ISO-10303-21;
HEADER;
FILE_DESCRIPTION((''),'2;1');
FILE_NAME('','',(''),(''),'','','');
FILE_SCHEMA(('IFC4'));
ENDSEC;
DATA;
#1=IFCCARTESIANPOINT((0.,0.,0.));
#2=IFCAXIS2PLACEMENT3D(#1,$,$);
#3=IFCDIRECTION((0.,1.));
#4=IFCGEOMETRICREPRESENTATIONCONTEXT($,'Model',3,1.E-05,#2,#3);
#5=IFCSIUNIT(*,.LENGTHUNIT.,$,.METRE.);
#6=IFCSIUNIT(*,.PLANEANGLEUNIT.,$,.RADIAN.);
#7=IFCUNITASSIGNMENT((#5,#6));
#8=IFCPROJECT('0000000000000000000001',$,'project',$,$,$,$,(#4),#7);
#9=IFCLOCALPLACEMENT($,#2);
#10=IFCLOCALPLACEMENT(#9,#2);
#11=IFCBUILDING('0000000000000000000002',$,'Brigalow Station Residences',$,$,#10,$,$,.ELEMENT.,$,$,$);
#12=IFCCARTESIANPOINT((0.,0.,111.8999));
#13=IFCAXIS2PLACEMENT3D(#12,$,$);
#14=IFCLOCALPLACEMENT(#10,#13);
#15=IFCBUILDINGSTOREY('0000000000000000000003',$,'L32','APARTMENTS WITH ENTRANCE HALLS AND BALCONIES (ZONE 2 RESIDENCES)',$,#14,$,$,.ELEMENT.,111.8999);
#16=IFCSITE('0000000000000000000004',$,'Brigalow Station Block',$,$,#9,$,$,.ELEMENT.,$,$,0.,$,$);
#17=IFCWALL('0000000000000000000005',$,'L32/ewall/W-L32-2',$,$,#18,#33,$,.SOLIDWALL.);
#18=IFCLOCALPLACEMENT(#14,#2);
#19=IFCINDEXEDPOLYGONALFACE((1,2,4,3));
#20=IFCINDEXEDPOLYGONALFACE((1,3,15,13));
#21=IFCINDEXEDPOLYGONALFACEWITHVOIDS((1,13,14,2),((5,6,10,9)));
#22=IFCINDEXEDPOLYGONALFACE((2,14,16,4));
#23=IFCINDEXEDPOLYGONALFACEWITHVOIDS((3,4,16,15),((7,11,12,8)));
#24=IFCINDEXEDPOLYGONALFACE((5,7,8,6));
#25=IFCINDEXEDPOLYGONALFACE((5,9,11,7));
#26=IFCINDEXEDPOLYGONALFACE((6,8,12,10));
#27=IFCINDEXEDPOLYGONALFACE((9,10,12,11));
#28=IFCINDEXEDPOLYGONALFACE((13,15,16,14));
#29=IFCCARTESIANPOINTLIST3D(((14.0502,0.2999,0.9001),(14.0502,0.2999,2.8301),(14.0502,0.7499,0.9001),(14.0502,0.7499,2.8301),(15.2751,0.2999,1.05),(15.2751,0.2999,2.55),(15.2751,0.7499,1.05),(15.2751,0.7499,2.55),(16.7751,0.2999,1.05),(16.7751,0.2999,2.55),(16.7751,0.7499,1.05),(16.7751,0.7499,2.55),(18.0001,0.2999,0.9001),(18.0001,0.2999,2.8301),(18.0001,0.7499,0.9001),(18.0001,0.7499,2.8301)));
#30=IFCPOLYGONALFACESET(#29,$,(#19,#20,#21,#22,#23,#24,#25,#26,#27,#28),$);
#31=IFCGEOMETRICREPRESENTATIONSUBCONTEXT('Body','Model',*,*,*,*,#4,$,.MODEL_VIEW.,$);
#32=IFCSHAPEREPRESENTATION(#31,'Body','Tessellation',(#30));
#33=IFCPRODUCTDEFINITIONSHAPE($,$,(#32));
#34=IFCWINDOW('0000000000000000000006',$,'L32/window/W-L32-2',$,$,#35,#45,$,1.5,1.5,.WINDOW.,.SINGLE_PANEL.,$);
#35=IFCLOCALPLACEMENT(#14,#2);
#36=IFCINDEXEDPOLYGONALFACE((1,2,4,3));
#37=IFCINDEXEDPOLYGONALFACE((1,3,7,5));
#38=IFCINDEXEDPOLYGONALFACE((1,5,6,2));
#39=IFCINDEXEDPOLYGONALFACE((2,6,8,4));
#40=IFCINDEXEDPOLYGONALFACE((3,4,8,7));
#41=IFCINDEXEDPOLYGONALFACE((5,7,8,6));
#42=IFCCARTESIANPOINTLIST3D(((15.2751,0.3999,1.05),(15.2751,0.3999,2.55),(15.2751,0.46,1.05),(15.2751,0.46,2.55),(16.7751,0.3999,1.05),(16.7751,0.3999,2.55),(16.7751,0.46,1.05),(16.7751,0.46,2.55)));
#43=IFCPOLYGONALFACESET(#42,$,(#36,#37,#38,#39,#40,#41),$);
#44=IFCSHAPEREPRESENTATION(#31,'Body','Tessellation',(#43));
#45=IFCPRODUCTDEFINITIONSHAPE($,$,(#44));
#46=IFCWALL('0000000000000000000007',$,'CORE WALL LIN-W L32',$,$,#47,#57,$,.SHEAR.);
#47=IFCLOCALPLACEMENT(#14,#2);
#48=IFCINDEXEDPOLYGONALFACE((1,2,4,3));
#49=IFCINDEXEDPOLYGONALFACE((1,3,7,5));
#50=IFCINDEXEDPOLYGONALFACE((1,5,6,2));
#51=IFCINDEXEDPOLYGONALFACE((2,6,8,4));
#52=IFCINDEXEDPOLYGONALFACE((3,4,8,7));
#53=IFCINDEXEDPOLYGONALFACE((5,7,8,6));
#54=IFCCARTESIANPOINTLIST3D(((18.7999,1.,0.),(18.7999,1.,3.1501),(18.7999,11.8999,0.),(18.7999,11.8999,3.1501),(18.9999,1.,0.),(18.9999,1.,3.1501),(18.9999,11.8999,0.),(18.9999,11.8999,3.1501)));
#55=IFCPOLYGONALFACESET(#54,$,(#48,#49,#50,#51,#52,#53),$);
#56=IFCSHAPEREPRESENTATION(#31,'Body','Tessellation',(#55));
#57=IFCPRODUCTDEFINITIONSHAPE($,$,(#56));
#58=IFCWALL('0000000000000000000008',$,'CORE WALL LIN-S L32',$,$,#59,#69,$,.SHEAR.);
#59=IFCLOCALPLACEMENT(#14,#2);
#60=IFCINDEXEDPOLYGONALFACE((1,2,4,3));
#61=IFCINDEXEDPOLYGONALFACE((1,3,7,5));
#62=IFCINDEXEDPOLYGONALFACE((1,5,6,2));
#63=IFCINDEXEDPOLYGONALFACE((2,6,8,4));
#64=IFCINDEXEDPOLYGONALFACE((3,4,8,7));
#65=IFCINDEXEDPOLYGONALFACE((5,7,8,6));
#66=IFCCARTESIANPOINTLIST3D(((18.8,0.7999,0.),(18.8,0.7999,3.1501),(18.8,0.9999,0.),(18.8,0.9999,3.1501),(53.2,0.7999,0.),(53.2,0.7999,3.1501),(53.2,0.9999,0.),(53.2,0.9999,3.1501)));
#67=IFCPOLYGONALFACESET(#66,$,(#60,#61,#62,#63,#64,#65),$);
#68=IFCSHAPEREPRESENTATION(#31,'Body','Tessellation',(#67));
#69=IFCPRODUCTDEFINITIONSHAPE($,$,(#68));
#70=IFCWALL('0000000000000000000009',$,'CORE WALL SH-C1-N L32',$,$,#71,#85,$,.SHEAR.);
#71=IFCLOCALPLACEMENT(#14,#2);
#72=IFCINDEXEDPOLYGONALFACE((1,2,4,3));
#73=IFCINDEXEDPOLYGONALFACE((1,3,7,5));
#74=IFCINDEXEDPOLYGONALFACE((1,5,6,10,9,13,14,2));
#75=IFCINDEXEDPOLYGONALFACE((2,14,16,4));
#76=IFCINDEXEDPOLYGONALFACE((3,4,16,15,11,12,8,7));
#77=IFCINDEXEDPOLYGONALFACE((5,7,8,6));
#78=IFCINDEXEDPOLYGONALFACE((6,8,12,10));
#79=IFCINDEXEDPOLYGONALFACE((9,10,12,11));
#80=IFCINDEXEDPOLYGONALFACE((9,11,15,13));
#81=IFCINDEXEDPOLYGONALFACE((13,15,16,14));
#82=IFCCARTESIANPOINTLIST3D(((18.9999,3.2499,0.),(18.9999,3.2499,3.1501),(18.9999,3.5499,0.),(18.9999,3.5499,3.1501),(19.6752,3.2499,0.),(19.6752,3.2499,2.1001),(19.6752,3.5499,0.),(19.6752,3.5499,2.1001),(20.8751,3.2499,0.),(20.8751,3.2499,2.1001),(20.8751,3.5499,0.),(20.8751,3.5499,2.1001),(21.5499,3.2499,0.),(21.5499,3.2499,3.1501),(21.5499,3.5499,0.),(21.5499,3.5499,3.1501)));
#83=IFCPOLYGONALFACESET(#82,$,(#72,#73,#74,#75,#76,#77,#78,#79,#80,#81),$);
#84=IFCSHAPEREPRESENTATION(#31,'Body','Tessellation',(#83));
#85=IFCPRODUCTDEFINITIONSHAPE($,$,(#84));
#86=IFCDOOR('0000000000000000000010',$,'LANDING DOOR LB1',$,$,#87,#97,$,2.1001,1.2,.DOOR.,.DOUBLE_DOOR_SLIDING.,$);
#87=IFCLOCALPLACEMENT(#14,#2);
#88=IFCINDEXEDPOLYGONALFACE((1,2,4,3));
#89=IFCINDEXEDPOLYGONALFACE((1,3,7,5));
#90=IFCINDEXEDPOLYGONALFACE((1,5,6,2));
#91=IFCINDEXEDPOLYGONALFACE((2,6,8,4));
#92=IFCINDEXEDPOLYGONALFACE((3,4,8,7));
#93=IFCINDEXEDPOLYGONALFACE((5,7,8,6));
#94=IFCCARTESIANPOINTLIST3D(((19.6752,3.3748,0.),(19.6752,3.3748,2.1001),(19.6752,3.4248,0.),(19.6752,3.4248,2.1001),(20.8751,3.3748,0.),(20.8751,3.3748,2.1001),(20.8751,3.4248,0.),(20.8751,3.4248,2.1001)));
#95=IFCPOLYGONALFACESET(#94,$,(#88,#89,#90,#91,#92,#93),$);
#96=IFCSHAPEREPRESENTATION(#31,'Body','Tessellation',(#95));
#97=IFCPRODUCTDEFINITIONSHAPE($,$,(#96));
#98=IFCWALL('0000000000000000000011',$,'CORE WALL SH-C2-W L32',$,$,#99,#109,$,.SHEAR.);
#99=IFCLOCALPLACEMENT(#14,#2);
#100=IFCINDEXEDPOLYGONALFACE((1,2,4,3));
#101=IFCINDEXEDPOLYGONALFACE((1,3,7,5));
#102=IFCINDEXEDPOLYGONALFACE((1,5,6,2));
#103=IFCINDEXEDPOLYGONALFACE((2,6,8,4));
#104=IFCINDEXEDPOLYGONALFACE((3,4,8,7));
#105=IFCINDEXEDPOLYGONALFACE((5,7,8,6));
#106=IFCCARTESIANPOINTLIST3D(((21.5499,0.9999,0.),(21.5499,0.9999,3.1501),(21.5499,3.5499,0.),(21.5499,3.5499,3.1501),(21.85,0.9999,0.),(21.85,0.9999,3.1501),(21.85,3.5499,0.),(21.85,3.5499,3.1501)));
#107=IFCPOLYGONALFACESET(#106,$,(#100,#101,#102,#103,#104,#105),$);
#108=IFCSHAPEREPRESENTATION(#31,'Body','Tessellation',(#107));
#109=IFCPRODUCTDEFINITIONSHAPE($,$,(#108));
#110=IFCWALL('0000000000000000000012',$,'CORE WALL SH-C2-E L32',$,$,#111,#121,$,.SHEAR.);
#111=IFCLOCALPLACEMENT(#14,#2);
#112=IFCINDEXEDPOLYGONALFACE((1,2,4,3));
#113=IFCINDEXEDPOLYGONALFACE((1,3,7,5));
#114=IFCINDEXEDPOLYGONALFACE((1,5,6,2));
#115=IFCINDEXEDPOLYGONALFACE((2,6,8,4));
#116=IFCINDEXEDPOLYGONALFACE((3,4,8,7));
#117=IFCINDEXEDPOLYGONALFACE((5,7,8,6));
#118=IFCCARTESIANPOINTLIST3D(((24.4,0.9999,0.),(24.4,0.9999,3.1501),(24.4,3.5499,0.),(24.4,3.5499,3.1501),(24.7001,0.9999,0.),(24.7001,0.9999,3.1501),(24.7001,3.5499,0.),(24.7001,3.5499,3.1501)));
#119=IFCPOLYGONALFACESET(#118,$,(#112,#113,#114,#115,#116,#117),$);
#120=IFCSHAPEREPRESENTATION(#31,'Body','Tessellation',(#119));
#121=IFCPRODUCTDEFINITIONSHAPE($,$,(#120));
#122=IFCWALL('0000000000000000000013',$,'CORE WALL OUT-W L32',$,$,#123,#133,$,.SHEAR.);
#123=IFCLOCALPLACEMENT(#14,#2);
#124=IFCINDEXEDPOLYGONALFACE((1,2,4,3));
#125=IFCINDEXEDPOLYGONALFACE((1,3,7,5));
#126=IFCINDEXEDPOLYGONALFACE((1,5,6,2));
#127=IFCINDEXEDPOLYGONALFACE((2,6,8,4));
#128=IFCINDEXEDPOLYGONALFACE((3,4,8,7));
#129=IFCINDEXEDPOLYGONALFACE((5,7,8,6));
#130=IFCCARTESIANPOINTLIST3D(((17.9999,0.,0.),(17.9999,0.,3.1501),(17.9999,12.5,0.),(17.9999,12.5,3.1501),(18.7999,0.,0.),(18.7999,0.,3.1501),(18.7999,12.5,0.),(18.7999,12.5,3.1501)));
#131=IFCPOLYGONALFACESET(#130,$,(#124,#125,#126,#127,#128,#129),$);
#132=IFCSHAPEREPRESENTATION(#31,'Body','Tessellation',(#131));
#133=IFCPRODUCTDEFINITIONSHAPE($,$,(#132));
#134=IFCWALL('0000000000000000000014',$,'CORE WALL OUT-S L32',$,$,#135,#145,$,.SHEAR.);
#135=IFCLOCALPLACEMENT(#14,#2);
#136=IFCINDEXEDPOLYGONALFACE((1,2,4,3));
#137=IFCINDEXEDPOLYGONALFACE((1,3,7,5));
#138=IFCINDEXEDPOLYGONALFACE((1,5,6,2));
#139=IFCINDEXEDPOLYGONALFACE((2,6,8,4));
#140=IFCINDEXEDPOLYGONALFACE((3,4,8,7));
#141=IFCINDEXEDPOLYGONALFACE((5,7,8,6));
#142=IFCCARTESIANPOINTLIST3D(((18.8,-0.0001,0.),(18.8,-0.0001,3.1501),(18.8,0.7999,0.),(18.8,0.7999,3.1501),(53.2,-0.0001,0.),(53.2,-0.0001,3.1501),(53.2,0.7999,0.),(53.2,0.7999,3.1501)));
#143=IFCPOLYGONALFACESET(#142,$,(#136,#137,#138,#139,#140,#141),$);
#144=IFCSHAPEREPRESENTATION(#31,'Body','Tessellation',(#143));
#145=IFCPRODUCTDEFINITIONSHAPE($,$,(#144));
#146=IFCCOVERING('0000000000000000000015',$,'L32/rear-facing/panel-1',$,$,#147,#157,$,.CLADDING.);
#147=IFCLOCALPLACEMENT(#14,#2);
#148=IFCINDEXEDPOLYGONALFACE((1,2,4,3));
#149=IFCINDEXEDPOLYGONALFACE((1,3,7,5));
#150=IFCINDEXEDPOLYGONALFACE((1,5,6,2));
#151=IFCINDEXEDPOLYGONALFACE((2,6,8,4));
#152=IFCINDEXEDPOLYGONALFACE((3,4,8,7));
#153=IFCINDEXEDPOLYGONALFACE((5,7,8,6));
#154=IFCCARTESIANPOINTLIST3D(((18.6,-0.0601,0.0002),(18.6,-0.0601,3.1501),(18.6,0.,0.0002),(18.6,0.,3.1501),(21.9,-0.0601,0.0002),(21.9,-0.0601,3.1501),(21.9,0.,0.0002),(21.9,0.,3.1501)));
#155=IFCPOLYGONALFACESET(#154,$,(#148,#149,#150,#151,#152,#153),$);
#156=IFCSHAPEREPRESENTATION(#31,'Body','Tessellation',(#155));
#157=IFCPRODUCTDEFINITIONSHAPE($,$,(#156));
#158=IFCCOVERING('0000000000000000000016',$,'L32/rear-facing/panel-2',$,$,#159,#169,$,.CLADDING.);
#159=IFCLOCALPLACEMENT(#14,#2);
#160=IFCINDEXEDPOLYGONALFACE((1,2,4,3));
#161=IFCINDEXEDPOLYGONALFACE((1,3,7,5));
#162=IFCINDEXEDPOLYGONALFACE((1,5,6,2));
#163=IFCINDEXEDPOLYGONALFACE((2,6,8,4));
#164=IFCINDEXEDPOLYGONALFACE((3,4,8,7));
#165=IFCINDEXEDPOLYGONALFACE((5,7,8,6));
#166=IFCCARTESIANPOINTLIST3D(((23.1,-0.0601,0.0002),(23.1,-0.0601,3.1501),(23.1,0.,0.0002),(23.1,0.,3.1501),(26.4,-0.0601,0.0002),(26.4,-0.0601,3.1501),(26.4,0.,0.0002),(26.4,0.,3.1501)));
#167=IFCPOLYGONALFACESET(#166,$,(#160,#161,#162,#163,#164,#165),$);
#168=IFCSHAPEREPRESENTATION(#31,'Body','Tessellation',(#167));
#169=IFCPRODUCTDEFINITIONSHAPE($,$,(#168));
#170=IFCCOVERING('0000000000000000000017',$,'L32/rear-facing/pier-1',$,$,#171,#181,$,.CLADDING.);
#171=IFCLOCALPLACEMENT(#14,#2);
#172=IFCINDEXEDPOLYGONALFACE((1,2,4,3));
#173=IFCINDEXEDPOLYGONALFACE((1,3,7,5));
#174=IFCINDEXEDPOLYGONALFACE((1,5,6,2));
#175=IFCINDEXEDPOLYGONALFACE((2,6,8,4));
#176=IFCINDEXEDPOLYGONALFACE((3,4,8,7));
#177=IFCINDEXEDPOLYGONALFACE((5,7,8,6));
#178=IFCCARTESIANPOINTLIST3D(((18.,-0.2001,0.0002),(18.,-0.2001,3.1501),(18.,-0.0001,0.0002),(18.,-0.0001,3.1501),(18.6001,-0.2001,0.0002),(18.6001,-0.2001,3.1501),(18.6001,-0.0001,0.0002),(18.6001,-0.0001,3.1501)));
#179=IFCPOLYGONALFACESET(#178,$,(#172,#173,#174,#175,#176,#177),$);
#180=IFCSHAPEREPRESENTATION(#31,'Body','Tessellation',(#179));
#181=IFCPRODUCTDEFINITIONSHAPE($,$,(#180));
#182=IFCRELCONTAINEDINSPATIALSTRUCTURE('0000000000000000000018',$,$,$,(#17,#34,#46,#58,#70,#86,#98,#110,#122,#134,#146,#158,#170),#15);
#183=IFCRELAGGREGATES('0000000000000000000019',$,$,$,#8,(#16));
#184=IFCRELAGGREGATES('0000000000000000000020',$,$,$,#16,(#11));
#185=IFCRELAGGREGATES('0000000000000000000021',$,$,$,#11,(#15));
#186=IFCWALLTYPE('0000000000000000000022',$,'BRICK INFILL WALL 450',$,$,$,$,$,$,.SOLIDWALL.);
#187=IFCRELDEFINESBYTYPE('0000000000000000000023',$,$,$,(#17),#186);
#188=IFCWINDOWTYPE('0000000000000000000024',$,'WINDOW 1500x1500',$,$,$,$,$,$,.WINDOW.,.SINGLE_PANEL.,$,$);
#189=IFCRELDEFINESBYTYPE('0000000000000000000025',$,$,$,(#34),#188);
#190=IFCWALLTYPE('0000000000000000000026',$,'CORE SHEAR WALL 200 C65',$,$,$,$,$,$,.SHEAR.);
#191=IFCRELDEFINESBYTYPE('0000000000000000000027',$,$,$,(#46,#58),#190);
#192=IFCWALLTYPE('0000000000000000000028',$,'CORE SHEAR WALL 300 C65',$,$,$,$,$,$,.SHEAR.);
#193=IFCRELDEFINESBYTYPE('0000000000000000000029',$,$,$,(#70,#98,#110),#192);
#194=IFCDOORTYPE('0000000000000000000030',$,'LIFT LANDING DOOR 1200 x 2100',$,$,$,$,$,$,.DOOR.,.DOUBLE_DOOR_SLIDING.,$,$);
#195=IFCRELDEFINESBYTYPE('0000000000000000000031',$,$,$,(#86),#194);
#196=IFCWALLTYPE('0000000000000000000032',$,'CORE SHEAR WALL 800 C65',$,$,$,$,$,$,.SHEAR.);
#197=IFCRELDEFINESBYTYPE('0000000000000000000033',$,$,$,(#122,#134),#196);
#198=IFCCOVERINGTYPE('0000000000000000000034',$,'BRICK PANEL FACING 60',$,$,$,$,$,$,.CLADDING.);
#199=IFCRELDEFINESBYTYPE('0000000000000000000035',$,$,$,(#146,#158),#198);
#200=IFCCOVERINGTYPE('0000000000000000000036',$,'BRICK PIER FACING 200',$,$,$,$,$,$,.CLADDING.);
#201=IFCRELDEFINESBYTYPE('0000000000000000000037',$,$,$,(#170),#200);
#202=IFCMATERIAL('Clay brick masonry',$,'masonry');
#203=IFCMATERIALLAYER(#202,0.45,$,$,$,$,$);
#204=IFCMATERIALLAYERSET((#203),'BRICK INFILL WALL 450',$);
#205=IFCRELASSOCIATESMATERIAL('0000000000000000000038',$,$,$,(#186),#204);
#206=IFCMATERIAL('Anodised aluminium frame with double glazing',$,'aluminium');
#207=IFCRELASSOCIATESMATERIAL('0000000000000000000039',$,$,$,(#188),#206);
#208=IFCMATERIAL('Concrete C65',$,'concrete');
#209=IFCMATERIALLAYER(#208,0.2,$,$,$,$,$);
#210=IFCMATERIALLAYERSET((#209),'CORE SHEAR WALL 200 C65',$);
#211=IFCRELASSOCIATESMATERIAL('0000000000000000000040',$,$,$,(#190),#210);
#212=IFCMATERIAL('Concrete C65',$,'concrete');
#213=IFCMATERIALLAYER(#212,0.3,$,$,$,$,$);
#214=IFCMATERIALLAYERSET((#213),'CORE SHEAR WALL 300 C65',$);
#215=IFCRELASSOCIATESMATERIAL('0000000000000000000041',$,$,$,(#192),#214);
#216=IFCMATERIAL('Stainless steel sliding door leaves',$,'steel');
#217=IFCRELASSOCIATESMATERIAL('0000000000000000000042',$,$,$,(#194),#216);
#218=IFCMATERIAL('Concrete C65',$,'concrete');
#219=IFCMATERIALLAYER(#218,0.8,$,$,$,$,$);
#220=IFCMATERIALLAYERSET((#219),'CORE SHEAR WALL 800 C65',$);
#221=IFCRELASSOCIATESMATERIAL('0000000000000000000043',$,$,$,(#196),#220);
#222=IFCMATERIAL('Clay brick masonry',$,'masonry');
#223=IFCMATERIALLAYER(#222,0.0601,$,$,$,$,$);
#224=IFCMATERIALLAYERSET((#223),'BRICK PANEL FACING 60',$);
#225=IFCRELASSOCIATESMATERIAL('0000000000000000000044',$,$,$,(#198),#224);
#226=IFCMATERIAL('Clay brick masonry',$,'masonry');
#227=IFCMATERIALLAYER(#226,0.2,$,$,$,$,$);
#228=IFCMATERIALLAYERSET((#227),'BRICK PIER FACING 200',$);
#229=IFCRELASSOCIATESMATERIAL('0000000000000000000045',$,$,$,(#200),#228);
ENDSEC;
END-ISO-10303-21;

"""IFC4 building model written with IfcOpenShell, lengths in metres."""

from ifc_helpers import new_model, si_unit, direction, frame, frame_2d, origin, origin_2d, place, context, subcontext, project, spatial, rectangle, extrude, material, layer, layer_set, type_object, element, fill, save


model = new_model("IFC4")

# Units and contexts
model_context = context("Model", 3, precision=1e-05, world=origin(), true_north=direction((0.0, 1.0)))
body_context = subcontext(model_context, "Body", "Model", "MODEL_VIEW")
ifc_project = project(units=[si_unit("LENGTHUNIT", "METRE"), si_unit("PLANEANGLEUNIT", "RADIAN")], contexts=[model_context])

# Site, building, storey
site_placement = place(None, origin())
site = spatial("IfcSite", under=ifc_project, at=site_placement, Name="Brigalow Station Block", CompositionType="ELEMENT", RefElevation=0.0)
building_placement = place(site_placement, origin())
building = spatial("IfcBuilding", under=site, at=building_placement, Name="Brigalow Station Residences", CompositionType="ELEMENT")
storey_placement = place(building_placement, frame((0.0, 0.0, 111.8999)))
storey = spatial("IfcBuildingStorey", under=building, at=storey_placement, Name="L32", Description="APARTMENTS WITH ENTRANCE HALLS AND BALCONIES (ZONE 2 RESIDENCES)", CompositionType="ELEMENT", Elevation=111.8999)

# Wall, opening, window
ifc_material_1 = material(Name="Clay brick masonry", Category="masonry")
ifc_layer_1 = layer(ifc_material_1, 0.45)
ifc_layer_set_1 = layer_set([ifc_layer_1], Name="BRICK INFILL WALL 450")
wall_type_1 = type_object("IfcWallType", Name="BRICK INFILL WALL 450", PredefinedType="SOLIDWALL", material=ifc_layer_set_1)
wall_1_placement = place(storey_placement, frame((14.05, 0.5249, 0.9001), z_axis=(0.0, 0.0, 1.0), x_axis=(1.0, 0.0, 0.0)))
wall_1 = element("IfcWall", 1, at=wall_1_placement, inside=storey, type_object=wall_type_1, Name="L32/ewall/W-L32-2", PredefinedType="SOLIDWALL", context=body_context, shape_type="SweptSolid", body=[
    extrude(rectangle(XDim=3.95, YDim=0.45, at=frame_2d((1.9751, 0.0))), origin(), (0.0, 0.0, 1.0), 1.9299),
])
opening_1_placement = place(wall_1_placement, frame((1.2251, 0.0, 0.1499)))
opening_1 = element("IfcOpeningElement", 2, at=opening_1_placement, cuts=wall_1, PredefinedType="OPENING", context=body_context, shape_type="SweptSolid", body=[
    extrude(rectangle(XDim=1.5, YDim=1.5, at=frame_2d((0.75, 0.75))), frame((0.0, 0.2349, 0.0), z_axis=(0.0, -1.0, 0.0), x_axis=(1.0, 0.0, 0.0)), (0.0, 0.0, 1.0), 0.47),
])
ifc_material_2 = material(Name="Anodised aluminium frame with double glazing", Category="aluminium")
window_type = type_object("IfcWindowType", Name="WINDOW 1500x1500", PartitioningType="SINGLE_PANEL", PredefinedType="WINDOW", material=ifc_material_2)
window_placement = place(opening_1_placement, origin())
window = element("IfcWindow", 3, at=window_placement, inside=storey, type_object=window_type, Name="L32/window/W-L32-2", OverallHeight=1.5, OverallWidth=1.5, PartitioningType="SINGLE_PANEL", PredefinedType="WINDOW", context=body_context, shape_type="SweptSolid", body=[
    extrude(rectangle(XDim=1.5, YDim=1.5, at=frame_2d((0.75, 0.75))), frame((0.0, -0.0649, 0.0), z_axis=(0.0, -1.0, 0.0), x_axis=(1.0, 0.0, 0.0)), (0.0, 0.0, 1.0), 0.0601),
])
fill(opening_1, window)

# Walls
ifc_material_3 = material(Name="Concrete C65", Category="concrete")
ifc_layer_2 = layer(ifc_material_3, 0.2)
ifc_layer_set_2 = layer_set([ifc_layer_2], Name="CORE SHEAR WALL 200 C65")
wall_type_2 = type_object("IfcWallType", Name="CORE SHEAR WALL 200 C65", PredefinedType="SHEAR", material=ifc_layer_set_2)
wall_2_placement = place(storey_placement, frame((18.8999, 1.0, 0.0), z_axis=(0.0, 0.0, 1.0), x_axis=(0.0, 1.0, 0.0)))
element("IfcWall", 4, at=wall_2_placement, inside=storey, type_object=wall_type_2, Name="CORE WALL LIN-W L32", PredefinedType="SHEAR", context=body_context, shape_type="SweptSolid", body=[
    extrude(rectangle(XDim=10.8999, YDim=0.2, at=frame_2d((5.45, 0.0))), origin(), (0.0, 0.0, 1.0), 3.1501),
])
wall_3_placement = place(storey_placement, frame((18.8, 0.8999, 0.0), z_axis=(0.0, 0.0, 1.0), x_axis=(1.0, 0.0, 0.0)))
element("IfcWall", 5, at=wall_3_placement, inside=storey, type_object=wall_type_2, Name="CORE WALL LIN-S L32", PredefinedType="SHEAR", context=body_context, shape_type="SweptSolid", body=[
    extrude(rectangle(XDim=34.3999, YDim=0.2, at=frame_2d((17.2, 0.0))), origin(), (0.0, 0.0, 1.0), 3.1501),
])

# Wall, opening, door
ifc_material_4 = material(Name="Concrete C65", Category="concrete")
ifc_layer_3 = layer(ifc_material_4, 0.3)
ifc_layer_set_3 = layer_set([ifc_layer_3], Name="CORE SHEAR WALL 300 C65")
wall_type_3 = type_object("IfcWallType", Name="CORE SHEAR WALL 300 C65", PredefinedType="SHEAR", material=ifc_layer_set_3)
wall_4_placement = place(storey_placement, frame((19.0, 3.3999, 0.0), z_axis=(0.0, 0.0, 1.0), x_axis=(1.0, 0.0, 0.0)))
wall_4 = element("IfcWall", 6, at=wall_4_placement, inside=storey, type_object=wall_type_3, Name="CORE WALL SH-C1-N L32", PredefinedType="SHEAR", context=body_context, shape_type="SweptSolid", body=[
    extrude(rectangle(XDim=2.55, YDim=0.3, at=frame_2d((1.2749, 0.0))), origin(), (0.0, 0.0, 1.0), 3.1501),
])
opening_2_placement = place(wall_4_placement, frame((0.675, 0.0, 0.0)))
opening_2 = element("IfcOpeningElement", 7, at=opening_2_placement, cuts=wall_4, PredefinedType="OPENING", context=body_context, shape_type="SweptSolid", body=[
    extrude(rectangle(XDim=1.2, YDim=2.1001, at=frame_2d((0.6001, 1.05))), frame((0.0, 0.1602, 0.0), z_axis=(0.0, -1.0, 0.0), x_axis=(1.0, 0.0, 0.0)), (0.0, 0.0, 1.0), 0.3201),
])
ifc_material_5 = material(Name="Stainless steel sliding door leaves", Category="steel")
door_type = type_object("IfcDoorType", Name="LIFT LANDING DOOR 1200 x 2100", OperationType="DOUBLE_DOOR_SLIDING", PredefinedType="DOOR", material=ifc_material_5)
door_placement = place(opening_2_placement, origin())
door = element("IfcDoor", 8, at=door_placement, inside=storey, type_object=door_type, Name="LANDING DOOR LB1", OperationType="DOUBLE_DOOR_SLIDING", OverallHeight=2.1001, OverallWidth=1.2, PredefinedType="DOOR", context=body_context, shape_type="SweptSolid", body=[
    extrude(rectangle(XDim=1.2, YDim=2.1001, at=frame_2d((0.6001, 1.05))), frame((0.0, 0.0249, 0.0), z_axis=(0.0, -1.0, 0.0), x_axis=(1.0, 0.0, 0.0)), (0.0, 0.0, 1.0), 0.05),
])
fill(opening_2, door)

# Walls
for number, where, z_axis, x_axis, name in (
    (9, (21.7, 1.0, 0.0), (0.0, 0.0, 1.0), (0.0, 1.0, 0.0), "CORE WALL SH-C2-W L32"),
    (10, (24.55, 1.0, 0.0), (0.0, 0.0, 1.0), (0.0, 1.0, 0.0), "CORE WALL SH-C2-E L32"),
):
    element("IfcWall", number, at=place(storey_placement, frame(where, z_axis=z_axis, x_axis=x_axis)), inside=storey, type_object=wall_type_3, Name=name, PredefinedType="SHEAR", context=body_context, shape_type="SweptSolid", body=[
        extrude(rectangle(XDim=2.55, YDim=0.3, at=frame_2d((1.2749, 0.0))), origin(), (0.0, 0.0, 1.0), 3.1501),
    ])
ifc_material_6 = material(Name="Concrete C65", Category="concrete")
ifc_layer_4 = layer(ifc_material_6, 0.8)
ifc_layer_set_4 = layer_set([ifc_layer_4], Name="CORE SHEAR WALL 800 C65")
wall_type_4 = type_object("IfcWallType", Name="CORE SHEAR WALL 800 C65", PredefinedType="SHEAR", material=ifc_layer_set_4)
wall_5_placement = place(storey_placement, frame((18.3999, 0.0, 0.0), z_axis=(0.0, 0.0, 1.0), x_axis=(0.0, 1.0, 0.0)))
element("IfcWall", 11, at=wall_5_placement, inside=storey, type_object=wall_type_4, Name="CORE WALL OUT-W L32", PredefinedType="SHEAR", context=body_context, shape_type="SweptSolid", body=[
    extrude(rectangle(XDim=12.5, YDim=0.8, at=frame_2d((6.25, 0.0))), origin(), (0.0, 0.0, 1.0), 3.1501),
])
wall_6_placement = place(storey_placement, frame((18.8, 0.3999, 0.0), z_axis=(0.0, 0.0, 1.0), x_axis=(1.0, 0.0, 0.0)))
element("IfcWall", 12, at=wall_6_placement, inside=storey, type_object=wall_type_4, Name="CORE WALL OUT-S L32", PredefinedType="SHEAR", context=body_context, shape_type="SweptSolid", body=[
    extrude(rectangle(XDim=34.3999, YDim=0.8, at=frame_2d((17.2, 0.0))), origin(), (0.0, 0.0, 1.0), 3.1501),
])

# Coverings
ifc_material_7 = material(Name="Clay brick masonry", Category="masonry")
ifc_layer_5 = layer(ifc_material_7, 0.0601)
ifc_layer_set_5 = layer_set([ifc_layer_5], Name="BRICK PANEL FACING 60")
covering_type_1 = type_object("IfcCoveringType", Name="BRICK PANEL FACING 60", PredefinedType="CLADDING", material=ifc_layer_set_5)
for number, where, z_axis, x_axis, name in (
    (13, (20.25, -0.03, 0.0002), (0.0, 0.0, 1.0), (1.0, 0.0, 0.0), "L32/rear-facing/panel-1"),
    (14, (24.75, -0.03, 0.0002), (0.0, 0.0, 1.0), (1.0, 0.0, 0.0), "L32/rear-facing/panel-2"),
):
    element("IfcCovering", number, at=place(storey_placement, frame(where, z_axis=z_axis, x_axis=x_axis)), inside=storey, type_object=covering_type_1, Name=name, PredefinedType="CLADDING", context=body_context, shape_type="SweptSolid", body=[
        extrude(rectangle(XDim=3.3, YDim=0.0601, at=origin_2d()), origin(), (0.0, 0.0, 1.0), 3.1499),
    ])
ifc_material_8 = material(Name="Clay brick masonry", Category="masonry")
ifc_layer_6 = layer(ifc_material_8, 0.2)
ifc_layer_set_6 = layer_set([ifc_layer_6], Name="BRICK PIER FACING 200")
covering_type_2 = type_object("IfcCoveringType", Name="BRICK PIER FACING 200", PredefinedType="CLADDING", material=ifc_layer_set_6)
covering_1_placement = place(storey_placement, frame((18.3, -0.1001, 0.0002), z_axis=(0.0, 0.0, 1.0), x_axis=(1.0, 0.0, 0.0)))
element("IfcCovering", 15, at=covering_1_placement, inside=storey, type_object=covering_type_2, Name="L32/rear-facing/pier-1", PredefinedType="CLADDING", context=body_context, shape_type="SweptSolid", body=[
    extrude(rectangle(XDim=0.6001, YDim=0.2, at=origin_2d()), origin(), (0.0, 0.0, 1.0), 3.1499),
])

save(model, "model.ifc")
